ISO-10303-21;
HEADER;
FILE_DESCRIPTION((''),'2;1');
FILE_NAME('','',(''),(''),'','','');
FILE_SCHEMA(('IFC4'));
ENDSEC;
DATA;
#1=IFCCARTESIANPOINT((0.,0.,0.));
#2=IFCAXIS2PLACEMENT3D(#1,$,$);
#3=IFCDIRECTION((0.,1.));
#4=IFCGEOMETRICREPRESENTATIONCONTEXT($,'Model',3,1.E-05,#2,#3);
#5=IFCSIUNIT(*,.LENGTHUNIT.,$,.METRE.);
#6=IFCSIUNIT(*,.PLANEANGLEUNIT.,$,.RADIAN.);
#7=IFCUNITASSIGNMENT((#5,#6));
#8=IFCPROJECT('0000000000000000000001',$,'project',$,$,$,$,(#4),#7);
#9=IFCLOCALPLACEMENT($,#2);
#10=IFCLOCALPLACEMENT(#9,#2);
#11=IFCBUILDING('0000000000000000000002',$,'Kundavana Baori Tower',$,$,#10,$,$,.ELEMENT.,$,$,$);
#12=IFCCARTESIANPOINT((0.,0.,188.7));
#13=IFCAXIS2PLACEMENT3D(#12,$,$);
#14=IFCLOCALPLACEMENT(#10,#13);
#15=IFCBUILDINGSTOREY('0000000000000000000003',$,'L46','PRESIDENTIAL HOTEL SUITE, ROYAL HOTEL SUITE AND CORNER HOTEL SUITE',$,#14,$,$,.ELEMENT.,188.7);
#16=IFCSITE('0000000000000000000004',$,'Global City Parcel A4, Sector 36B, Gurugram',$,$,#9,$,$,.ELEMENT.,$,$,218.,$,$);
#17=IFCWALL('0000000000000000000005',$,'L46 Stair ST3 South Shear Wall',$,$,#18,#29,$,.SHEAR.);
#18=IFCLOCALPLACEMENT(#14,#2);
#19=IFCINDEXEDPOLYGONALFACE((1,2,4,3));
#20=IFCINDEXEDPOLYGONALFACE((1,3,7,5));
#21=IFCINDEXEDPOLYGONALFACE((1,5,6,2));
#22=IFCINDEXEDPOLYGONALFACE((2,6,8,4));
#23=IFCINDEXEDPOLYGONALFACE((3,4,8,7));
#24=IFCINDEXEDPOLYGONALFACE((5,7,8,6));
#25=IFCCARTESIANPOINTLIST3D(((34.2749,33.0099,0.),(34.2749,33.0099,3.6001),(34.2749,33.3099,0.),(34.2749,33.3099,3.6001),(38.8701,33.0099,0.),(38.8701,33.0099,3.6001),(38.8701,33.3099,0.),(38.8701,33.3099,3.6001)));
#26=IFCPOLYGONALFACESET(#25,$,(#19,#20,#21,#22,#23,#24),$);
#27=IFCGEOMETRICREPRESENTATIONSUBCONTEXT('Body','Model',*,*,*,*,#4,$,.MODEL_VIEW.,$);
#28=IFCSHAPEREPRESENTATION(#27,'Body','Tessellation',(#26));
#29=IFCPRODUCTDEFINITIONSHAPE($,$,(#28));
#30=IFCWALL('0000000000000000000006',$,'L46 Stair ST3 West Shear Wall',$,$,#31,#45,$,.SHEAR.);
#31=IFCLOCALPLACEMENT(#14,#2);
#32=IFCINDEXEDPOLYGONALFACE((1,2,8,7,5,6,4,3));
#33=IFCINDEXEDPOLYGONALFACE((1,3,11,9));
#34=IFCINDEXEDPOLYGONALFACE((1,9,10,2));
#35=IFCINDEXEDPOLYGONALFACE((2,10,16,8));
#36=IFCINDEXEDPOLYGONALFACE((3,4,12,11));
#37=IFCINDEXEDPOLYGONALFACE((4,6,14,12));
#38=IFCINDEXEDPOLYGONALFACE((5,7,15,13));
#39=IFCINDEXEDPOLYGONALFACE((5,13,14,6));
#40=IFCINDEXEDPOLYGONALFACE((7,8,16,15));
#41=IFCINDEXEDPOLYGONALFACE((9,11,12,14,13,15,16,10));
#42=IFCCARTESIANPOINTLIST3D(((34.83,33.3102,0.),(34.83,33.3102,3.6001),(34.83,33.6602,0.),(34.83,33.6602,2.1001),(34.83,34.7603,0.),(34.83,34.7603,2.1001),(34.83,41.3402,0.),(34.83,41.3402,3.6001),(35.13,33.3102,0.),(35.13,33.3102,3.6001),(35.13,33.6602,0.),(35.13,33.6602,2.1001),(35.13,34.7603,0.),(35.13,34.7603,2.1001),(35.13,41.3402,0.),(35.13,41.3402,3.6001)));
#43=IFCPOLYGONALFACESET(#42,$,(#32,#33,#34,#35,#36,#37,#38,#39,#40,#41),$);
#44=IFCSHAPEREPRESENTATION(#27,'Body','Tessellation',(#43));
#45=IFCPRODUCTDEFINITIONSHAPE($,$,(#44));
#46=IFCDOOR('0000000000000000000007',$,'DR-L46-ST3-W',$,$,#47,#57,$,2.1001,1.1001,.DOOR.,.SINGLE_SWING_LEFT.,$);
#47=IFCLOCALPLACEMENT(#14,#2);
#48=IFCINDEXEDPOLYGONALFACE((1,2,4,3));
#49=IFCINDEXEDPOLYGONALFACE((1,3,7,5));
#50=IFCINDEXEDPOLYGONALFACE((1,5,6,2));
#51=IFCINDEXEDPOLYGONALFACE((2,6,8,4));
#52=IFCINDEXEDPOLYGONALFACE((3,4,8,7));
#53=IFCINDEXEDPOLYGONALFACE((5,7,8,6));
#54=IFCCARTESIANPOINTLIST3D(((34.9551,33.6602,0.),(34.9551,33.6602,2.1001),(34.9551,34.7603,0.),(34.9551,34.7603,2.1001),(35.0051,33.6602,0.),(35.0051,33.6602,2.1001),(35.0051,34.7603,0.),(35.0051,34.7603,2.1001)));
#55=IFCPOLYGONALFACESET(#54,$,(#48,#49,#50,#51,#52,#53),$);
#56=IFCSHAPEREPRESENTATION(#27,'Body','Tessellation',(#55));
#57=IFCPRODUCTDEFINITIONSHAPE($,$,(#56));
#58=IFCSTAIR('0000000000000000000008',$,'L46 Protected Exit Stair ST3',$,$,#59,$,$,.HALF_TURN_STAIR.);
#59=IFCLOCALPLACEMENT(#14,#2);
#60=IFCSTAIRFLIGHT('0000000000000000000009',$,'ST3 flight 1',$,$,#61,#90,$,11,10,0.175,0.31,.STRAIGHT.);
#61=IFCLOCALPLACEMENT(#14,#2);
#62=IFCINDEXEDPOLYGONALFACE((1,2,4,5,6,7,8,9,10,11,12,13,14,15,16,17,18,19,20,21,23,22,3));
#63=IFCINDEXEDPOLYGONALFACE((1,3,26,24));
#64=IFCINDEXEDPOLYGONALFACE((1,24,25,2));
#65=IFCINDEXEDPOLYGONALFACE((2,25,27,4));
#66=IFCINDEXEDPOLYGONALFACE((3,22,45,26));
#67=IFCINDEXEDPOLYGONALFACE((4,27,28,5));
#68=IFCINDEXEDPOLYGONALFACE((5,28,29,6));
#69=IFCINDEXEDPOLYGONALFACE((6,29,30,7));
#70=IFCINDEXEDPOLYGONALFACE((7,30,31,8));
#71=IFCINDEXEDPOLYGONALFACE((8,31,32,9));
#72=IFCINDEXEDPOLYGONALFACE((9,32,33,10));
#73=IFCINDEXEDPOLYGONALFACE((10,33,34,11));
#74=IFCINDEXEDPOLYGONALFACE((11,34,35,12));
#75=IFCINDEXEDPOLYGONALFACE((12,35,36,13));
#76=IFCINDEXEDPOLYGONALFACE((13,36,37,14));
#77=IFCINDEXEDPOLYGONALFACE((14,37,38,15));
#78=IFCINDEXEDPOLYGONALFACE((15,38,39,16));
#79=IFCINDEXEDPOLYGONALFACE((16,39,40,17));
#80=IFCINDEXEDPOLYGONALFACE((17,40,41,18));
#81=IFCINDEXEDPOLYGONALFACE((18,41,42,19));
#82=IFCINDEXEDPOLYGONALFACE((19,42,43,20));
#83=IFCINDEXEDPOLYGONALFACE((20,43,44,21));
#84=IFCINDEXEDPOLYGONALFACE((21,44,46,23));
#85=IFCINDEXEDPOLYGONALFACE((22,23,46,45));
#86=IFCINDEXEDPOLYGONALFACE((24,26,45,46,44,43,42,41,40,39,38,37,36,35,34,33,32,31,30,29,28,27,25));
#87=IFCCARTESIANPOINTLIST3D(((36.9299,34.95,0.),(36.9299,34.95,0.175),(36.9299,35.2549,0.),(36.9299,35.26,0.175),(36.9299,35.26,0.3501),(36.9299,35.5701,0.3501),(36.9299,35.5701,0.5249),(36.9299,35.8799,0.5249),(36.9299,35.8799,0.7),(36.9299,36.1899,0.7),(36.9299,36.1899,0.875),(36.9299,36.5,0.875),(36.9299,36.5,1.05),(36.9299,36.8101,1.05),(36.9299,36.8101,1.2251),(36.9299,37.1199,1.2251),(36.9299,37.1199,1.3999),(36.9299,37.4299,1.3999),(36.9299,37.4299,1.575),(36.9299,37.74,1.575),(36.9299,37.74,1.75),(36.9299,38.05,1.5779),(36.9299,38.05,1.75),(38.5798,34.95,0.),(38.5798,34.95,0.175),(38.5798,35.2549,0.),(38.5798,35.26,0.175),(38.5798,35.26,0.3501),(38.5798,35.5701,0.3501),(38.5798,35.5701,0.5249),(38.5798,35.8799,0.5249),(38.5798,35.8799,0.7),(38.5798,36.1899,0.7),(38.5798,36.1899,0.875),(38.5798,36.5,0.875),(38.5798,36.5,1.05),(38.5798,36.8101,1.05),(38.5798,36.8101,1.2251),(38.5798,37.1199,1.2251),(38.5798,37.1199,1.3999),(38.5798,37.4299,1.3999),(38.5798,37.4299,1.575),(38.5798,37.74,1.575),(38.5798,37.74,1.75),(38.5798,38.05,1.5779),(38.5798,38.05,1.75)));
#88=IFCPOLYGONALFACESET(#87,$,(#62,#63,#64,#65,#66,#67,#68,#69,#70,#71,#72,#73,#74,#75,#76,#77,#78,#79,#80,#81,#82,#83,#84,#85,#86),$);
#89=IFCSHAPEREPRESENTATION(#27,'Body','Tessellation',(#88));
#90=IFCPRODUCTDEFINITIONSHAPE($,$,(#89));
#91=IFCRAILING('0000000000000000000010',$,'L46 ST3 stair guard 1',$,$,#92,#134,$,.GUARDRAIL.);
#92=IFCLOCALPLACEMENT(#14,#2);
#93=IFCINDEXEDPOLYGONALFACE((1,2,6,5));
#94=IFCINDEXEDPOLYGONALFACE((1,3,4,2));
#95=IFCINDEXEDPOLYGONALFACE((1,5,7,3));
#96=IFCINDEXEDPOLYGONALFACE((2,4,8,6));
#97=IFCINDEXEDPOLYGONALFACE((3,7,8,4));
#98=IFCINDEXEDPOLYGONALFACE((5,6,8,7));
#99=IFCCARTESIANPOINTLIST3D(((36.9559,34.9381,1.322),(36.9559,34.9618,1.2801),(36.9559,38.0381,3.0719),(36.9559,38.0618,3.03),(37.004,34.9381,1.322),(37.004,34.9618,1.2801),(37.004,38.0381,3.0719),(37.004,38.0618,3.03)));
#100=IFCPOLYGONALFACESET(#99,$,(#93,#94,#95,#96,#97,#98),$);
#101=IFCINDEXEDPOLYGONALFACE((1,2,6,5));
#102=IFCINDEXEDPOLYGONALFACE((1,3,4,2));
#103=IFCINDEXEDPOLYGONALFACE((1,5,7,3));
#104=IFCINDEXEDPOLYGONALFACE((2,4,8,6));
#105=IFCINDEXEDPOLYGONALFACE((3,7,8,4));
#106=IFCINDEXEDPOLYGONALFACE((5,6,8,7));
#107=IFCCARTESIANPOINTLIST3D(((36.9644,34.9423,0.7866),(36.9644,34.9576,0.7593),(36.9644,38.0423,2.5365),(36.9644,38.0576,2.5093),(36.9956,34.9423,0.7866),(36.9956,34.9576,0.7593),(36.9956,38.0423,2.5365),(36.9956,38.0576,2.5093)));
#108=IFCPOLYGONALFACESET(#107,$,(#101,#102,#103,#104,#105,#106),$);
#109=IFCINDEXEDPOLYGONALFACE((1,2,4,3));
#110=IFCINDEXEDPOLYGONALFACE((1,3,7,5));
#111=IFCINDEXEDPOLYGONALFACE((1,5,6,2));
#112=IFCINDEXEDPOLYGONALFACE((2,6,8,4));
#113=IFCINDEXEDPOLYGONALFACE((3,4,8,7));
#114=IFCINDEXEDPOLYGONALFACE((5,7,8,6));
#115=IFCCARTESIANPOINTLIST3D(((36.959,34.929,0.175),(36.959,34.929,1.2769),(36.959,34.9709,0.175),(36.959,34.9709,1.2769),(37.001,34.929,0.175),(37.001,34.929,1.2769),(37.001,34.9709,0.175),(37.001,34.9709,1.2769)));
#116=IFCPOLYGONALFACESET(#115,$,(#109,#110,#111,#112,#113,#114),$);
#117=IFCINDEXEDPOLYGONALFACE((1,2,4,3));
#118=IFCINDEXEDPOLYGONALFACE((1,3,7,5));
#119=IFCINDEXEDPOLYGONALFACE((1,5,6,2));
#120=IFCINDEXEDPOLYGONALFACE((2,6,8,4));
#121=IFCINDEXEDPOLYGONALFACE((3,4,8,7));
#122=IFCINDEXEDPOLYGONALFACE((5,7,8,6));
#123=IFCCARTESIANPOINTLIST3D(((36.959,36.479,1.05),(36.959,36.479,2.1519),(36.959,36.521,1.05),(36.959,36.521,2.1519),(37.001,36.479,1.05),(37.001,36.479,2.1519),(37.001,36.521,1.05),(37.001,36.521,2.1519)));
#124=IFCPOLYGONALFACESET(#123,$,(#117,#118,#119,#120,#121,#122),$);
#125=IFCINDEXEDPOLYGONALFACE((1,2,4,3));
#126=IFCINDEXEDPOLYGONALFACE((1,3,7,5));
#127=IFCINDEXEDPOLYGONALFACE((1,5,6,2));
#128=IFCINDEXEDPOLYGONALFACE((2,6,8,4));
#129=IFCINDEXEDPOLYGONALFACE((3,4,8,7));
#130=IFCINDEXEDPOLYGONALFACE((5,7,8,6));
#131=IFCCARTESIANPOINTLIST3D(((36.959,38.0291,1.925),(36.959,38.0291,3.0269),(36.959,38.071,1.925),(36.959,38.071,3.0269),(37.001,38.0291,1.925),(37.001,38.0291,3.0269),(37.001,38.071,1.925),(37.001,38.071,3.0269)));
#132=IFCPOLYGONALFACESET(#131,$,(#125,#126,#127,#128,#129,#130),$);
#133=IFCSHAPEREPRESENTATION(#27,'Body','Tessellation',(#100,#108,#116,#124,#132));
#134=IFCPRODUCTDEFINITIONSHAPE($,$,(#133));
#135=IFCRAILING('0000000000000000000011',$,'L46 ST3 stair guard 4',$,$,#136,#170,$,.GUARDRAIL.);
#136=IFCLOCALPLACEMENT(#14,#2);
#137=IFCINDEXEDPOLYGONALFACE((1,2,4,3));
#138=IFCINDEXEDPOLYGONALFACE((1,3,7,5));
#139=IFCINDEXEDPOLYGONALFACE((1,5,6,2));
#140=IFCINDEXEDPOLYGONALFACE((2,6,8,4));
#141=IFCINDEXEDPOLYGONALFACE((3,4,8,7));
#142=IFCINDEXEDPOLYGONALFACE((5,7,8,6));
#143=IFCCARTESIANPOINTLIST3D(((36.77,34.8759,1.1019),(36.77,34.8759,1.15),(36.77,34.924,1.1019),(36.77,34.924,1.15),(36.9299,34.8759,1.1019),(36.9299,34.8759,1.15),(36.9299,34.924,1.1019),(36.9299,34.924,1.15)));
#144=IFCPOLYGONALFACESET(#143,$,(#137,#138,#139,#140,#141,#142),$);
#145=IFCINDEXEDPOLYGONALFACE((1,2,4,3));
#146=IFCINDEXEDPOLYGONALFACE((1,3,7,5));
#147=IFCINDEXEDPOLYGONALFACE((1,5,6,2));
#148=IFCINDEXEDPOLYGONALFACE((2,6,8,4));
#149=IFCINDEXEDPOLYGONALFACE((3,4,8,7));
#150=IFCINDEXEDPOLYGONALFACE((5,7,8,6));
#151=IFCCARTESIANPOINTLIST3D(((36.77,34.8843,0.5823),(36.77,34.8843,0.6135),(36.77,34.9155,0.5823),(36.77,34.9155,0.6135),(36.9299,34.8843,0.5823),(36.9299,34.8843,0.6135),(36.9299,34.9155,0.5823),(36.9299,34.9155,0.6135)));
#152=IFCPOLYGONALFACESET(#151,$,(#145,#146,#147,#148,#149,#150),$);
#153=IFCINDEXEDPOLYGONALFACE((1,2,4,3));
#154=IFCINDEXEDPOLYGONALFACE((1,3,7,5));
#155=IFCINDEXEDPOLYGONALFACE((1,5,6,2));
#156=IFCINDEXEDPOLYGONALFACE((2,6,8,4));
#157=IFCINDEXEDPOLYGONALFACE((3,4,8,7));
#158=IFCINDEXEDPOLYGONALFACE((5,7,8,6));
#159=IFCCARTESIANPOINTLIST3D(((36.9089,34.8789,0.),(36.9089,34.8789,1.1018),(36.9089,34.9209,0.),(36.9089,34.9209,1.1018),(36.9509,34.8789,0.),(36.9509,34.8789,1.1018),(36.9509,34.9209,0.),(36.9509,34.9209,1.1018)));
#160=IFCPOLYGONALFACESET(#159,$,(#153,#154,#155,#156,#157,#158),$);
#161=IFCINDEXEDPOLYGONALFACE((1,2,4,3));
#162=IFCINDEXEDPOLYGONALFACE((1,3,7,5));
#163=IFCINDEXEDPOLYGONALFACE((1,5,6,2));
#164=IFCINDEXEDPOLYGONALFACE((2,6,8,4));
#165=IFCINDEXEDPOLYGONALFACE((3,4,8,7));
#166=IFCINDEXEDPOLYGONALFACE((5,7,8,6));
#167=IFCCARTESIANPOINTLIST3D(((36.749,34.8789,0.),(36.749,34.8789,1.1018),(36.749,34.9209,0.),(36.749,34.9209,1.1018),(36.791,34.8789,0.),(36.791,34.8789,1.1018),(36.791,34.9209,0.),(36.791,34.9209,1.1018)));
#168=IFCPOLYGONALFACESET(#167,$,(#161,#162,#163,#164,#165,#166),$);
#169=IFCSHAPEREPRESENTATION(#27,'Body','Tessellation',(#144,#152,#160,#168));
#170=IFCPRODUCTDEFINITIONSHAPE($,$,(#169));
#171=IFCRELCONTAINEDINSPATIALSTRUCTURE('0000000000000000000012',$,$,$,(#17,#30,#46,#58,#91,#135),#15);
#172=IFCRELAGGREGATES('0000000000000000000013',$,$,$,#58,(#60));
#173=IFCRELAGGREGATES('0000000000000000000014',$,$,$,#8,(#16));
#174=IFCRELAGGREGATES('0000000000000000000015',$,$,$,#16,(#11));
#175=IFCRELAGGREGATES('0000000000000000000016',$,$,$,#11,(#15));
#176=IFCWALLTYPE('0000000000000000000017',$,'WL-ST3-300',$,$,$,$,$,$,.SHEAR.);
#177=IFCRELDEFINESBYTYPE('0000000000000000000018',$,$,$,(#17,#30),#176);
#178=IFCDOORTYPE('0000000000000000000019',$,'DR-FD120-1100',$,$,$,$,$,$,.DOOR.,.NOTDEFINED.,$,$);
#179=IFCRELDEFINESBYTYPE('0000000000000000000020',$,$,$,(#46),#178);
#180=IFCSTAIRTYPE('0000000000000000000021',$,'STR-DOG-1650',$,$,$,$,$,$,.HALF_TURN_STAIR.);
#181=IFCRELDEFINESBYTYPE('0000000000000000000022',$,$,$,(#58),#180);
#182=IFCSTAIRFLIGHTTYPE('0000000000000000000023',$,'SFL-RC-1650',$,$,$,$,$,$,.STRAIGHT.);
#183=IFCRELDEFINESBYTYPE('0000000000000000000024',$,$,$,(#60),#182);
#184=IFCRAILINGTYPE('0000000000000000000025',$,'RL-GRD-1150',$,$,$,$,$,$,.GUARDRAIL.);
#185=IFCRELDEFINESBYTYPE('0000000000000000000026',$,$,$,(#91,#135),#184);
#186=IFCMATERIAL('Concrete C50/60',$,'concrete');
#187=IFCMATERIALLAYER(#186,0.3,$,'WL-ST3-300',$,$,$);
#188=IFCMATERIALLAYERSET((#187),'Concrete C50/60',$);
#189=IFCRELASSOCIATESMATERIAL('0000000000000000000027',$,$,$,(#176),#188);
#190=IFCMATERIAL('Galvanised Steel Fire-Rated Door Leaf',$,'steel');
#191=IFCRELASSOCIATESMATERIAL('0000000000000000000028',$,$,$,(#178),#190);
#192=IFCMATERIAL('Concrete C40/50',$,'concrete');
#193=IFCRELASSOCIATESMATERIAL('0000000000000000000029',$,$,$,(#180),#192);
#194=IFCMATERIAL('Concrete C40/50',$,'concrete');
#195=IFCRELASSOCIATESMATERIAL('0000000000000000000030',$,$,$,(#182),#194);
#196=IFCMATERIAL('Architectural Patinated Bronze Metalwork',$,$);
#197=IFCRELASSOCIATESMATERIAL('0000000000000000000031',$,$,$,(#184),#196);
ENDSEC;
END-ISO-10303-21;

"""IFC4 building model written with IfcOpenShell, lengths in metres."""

from ifc_helpers import new_model, si_unit, direction, frame, frame_2d, origin, origin_2d, place, context, subcontext, project, spatial, polyline, rectangle, outline, extrude, material, layer, layer_set, type_object, element, fill, aggregate, save


model = new_model("IFC4")

# Units and contexts
model_context = context("Model", 3, precision=1e-05, world=origin(), true_north=direction((0.0, 1.0)))
body_context = subcontext(model_context, "Body", "Model", "MODEL_VIEW")
ifc_project = project(units=[si_unit("LENGTHUNIT", "METRE"), si_unit("PLANEANGLEUNIT", "RADIAN")], contexts=[model_context])

# Site, building, storey
site_placement = place(None, origin())
site = spatial("IfcSite", under=ifc_project, at=site_placement, Name="Global City Parcel A4, Sector 36B, Gurugram", CompositionType="ELEMENT", RefElevation=218.0)
building_placement = place(site_placement, origin())
building = spatial("IfcBuilding", under=site, at=building_placement, Name="Kundavana Baori Tower", CompositionType="ELEMENT")
storey_placement = place(building_placement, frame((0.0, 0.0, 188.7)))
storey = spatial("IfcBuildingStorey", under=building, at=storey_placement, Name="L46", Description="PRESIDENTIAL HOTEL SUITE, ROYAL HOTEL SUITE AND CORNER HOTEL SUITE", CompositionType="ELEMENT", Elevation=188.7)

# Wall
ifc_material_1 = material(Name="Concrete C50/60", Category="concrete")
ifc_layer_1 = layer(ifc_material_1, 0.3, Name="WL-ST3-300")
ifc_layer_set_1 = layer_set([ifc_layer_1], Name="Concrete C50/60")
wall_type_1 = type_object("IfcWallType", Name="WL-ST3-300", PredefinedType="SHEAR", material=ifc_layer_set_1)
wall_1_placement = place(storey_placement, frame((34.2749, 33.1599, 0.0), z_axis=(0.0, 0.0, 1.0), x_axis=(1.0, 0.0, 0.0)))
element("IfcWall", 1, at=wall_1_placement, inside=storey, type_object=wall_type_1, Name="L46 Stair ST3 South Shear Wall", PredefinedType="SHEAR", context=body_context, shape_type="SweptSolid", body=[
    extrude(rectangle(XDim=4.5952, YDim=0.3, at=frame_2d((2.2976, 0.0))), origin(), (0.0, 0.0, 1.0), 3.6001),
])

# Wall, opening, door
wall_2_placement = place(storey_placement, frame((34.98, 33.3101, 0.0), z_axis=(0.0, 0.0, 1.0), x_axis=(0.0, 1.0, 0.0)))
wall_2 = element("IfcWall", 2, at=wall_2_placement, inside=storey, type_object=wall_type_1, Name="L46 Stair ST3 West Shear Wall", PredefinedType="SHEAR", context=body_context, shape_type="SweptSolid", body=[
    extrude(rectangle(XDim=8.03, YDim=0.3, at=frame_2d((4.0151, 0.0))), origin(), (0.0, 0.0, 1.0), 3.6001),
])
opening_1_placement = place(wall_2_placement, frame((0.3501, 0.0, 0.0)))
opening_1 = element("IfcOpeningElement", 3, at=opening_1_placement, cuts=wall_2, PredefinedType="OPENING", context=body_context, shape_type="SweptSolid", body=[
    extrude(rectangle(XDim=1.1001, YDim=2.1001, at=frame_2d((0.55, 1.05))), frame((0.0, 0.1602, 0.0), z_axis=(0.0, -1.0, 0.0), x_axis=(1.0, 0.0, 0.0)), (0.0, 0.0, 1.0), 0.3201),
])
ifc_material_2 = material(Name="Galvanised Steel Fire-Rated Door Leaf", Category="steel")
door_type_1 = type_object("IfcDoorType", Name="DR-FD120-1100", OperationType="NOTDEFINED", PredefinedType="DOOR", material=ifc_material_2)
door_1_placement = place(opening_1_placement, origin())
door_1 = element("IfcDoor", 4, at=door_1_placement, inside=storey, type_object=door_type_1, Name="DR-L46-ST3-W", OperationType="SINGLE_SWING_LEFT", OverallHeight=2.1001, OverallWidth=1.1001, PredefinedType="DOOR", context=body_context, shape_type="SweptSolid", body=[
    extrude(rectangle(XDim=1.1001, YDim=2.1001, at=frame_2d((0.55, 1.05))), frame((0.0, 0.0249, 0.0), z_axis=(0.0, -1.0, 0.0), x_axis=(1.0, 0.0, 0.0)), (0.0, 0.0, 1.0), 0.05),
])
fill(opening_1, door_1)

# Stair, stair flight
ifc_material_3 = material(Name="Concrete C40/50", Category="concrete")
stair_type = type_object("IfcStairType", Name="STR-DOG-1650", PredefinedType="HALF_TURN_STAIR", material=ifc_material_3)
stair_placement = place(storey_placement, origin())
stair = element("IfcStair", 5, at=stair_placement, inside=storey, type_object=stair_type, Name="L46 Protected Exit Stair ST3", PredefinedType="HALF_TURN_STAIR")
ifc_material_4 = material(Name="Concrete C40/50", Category="concrete")
stair_flight_type = type_object("IfcStairFlightType", Name="SFL-RC-1650", PredefinedType="STRAIGHT", material=ifc_material_4)
stair_flight_placement = place(storey_placement, frame((37.7549, 34.95, 0.0), z_axis=(0.0, 0.0, 1.0), x_axis=(0.0, 1.0, 0.0)))
stair_flight = element("IfcStairFlight", 6, at=stair_flight_placement, type_object=stair_flight_type, Name="ST3 flight 1", NumberOfRisers=11, NumberOfTreads=10, PredefinedType="STRAIGHT", RiserHeight=0.175, TreadLength=0.31, context=body_context, shape_type="SweptSolid", body=[
    extrude(outline(polyline([(0.0, 0.0), (0.0, 0.175), (0.3101, 0.175), (0.3101, 0.3501), (0.6201, 0.3501), (0.6201, 0.5249), (0.9299, 0.5249), (0.9299, 0.7), (1.24, 0.7), (1.24, 0.875), (1.55, 0.875), (1.55, 1.05), (1.8601, 1.05), (1.8601, 1.2251), (2.1699, 1.2251), (2.1699, 1.3999), (2.48, 1.3999), (2.48, 1.575), (2.79, 1.575), (2.79, 1.75), (3.1001, 1.75), (3.1001, 1.925), (3.1001, 1.5779), (0.3049, 0.0), (0.0, 0.0)])), frame((0.0, 0.825, 0.0), z_axis=(0.0, -1.0, 0.0), x_axis=(1.0, 0.0, 0.0)), (0.0, 0.0, 1.0), 1.6499),
])
aggregate(stair, [stair_flight])

# Railings
ifc_material_5 = material(Name="Architectural Patinated Bronze Metalwork")
railing_type = type_object("IfcRailingType", Name="RL-GRD-1150", PredefinedType="GUARDRAIL", material=ifc_material_5)
railing_1_placement = place(storey_placement, frame((36.98, 34.95, 0.175)))
element("IfcRailing", 7, at=railing_1_placement, inside=storey, type_object=railing_type, Name="L46 ST3 stair guard 1", PredefinedType="GUARDRAIL", context=body_context, shape_type="SweptSolid", body=[
    extrude(rectangle(XDim=0.0481, YDim=0.0481, at=origin_2d()), frame((0.0, 0.0, 1.126), z_axis=(0.0, 0.870831, 0.491583), x_axis=(-1.0, 0.0, 0.0)), (0.0, 0.0, 1.0), 3.5598),
    extrude(rectangle(XDim=0.0312, YDim=0.0312, at=origin_2d()), frame((0.0, 0.0, 0.5979), z_axis=(0.0, 0.870831, 0.491583), x_axis=(-1.0, 0.0, 0.0)), (0.0, 0.0, 1.0), 3.5598),
    extrude(rectangle(XDim=0.042, YDim=0.042, at=origin_2d()), origin(), (0.0, 0.0, 1.0), 1.1018),
    extrude(rectangle(XDim=0.042, YDim=0.042, at=origin_2d()), frame((0.0, 1.55, 0.875)), (0.0, 0.0, 1.0), 1.1018),
    extrude(rectangle(XDim=0.042, YDim=0.042, at=origin_2d()), frame((0.0, 3.1001, 1.75)), (0.0, 0.0, 1.0), 1.1018),
])
railing_2_placement = place(storey_placement, frame((36.9299, 34.8999, 0.0)))
element("IfcRailing", 8, at=railing_2_placement, inside=storey, type_object=railing_type, Name="L46 ST3 stair guard 4", PredefinedType="GUARDRAIL", context=body_context, shape_type="SweptSolid", body=[
    extrude(rectangle(XDim=0.0481, YDim=0.0481, at=origin_2d()), frame((0.0, 0.0, 1.126), z_axis=(-1.0, 0.0, 0.0), x_axis=(0.0, -1.0, 0.0)), (0.0, 0.0, 1.0), 0.1599),
    extrude(rectangle(XDim=0.0312, YDim=0.0312, at=origin_2d()), frame((0.0, 0.0, 0.5979), z_axis=(-1.0, 0.0, 0.0), x_axis=(0.0, -1.0, 0.0)), (0.0, 0.0, 1.0), 0.1599),
    extrude(rectangle(XDim=0.042, YDim=0.042, at=origin_2d()), origin(), (0.0, 0.0, 1.0), 1.1018),
    extrude(rectangle(XDim=0.042, YDim=0.042, at=origin_2d()), frame((-0.1599, 0.0, 0.0)), (0.0, 0.0, 1.0), 1.1018),
])

save(model, "model.ifc")
